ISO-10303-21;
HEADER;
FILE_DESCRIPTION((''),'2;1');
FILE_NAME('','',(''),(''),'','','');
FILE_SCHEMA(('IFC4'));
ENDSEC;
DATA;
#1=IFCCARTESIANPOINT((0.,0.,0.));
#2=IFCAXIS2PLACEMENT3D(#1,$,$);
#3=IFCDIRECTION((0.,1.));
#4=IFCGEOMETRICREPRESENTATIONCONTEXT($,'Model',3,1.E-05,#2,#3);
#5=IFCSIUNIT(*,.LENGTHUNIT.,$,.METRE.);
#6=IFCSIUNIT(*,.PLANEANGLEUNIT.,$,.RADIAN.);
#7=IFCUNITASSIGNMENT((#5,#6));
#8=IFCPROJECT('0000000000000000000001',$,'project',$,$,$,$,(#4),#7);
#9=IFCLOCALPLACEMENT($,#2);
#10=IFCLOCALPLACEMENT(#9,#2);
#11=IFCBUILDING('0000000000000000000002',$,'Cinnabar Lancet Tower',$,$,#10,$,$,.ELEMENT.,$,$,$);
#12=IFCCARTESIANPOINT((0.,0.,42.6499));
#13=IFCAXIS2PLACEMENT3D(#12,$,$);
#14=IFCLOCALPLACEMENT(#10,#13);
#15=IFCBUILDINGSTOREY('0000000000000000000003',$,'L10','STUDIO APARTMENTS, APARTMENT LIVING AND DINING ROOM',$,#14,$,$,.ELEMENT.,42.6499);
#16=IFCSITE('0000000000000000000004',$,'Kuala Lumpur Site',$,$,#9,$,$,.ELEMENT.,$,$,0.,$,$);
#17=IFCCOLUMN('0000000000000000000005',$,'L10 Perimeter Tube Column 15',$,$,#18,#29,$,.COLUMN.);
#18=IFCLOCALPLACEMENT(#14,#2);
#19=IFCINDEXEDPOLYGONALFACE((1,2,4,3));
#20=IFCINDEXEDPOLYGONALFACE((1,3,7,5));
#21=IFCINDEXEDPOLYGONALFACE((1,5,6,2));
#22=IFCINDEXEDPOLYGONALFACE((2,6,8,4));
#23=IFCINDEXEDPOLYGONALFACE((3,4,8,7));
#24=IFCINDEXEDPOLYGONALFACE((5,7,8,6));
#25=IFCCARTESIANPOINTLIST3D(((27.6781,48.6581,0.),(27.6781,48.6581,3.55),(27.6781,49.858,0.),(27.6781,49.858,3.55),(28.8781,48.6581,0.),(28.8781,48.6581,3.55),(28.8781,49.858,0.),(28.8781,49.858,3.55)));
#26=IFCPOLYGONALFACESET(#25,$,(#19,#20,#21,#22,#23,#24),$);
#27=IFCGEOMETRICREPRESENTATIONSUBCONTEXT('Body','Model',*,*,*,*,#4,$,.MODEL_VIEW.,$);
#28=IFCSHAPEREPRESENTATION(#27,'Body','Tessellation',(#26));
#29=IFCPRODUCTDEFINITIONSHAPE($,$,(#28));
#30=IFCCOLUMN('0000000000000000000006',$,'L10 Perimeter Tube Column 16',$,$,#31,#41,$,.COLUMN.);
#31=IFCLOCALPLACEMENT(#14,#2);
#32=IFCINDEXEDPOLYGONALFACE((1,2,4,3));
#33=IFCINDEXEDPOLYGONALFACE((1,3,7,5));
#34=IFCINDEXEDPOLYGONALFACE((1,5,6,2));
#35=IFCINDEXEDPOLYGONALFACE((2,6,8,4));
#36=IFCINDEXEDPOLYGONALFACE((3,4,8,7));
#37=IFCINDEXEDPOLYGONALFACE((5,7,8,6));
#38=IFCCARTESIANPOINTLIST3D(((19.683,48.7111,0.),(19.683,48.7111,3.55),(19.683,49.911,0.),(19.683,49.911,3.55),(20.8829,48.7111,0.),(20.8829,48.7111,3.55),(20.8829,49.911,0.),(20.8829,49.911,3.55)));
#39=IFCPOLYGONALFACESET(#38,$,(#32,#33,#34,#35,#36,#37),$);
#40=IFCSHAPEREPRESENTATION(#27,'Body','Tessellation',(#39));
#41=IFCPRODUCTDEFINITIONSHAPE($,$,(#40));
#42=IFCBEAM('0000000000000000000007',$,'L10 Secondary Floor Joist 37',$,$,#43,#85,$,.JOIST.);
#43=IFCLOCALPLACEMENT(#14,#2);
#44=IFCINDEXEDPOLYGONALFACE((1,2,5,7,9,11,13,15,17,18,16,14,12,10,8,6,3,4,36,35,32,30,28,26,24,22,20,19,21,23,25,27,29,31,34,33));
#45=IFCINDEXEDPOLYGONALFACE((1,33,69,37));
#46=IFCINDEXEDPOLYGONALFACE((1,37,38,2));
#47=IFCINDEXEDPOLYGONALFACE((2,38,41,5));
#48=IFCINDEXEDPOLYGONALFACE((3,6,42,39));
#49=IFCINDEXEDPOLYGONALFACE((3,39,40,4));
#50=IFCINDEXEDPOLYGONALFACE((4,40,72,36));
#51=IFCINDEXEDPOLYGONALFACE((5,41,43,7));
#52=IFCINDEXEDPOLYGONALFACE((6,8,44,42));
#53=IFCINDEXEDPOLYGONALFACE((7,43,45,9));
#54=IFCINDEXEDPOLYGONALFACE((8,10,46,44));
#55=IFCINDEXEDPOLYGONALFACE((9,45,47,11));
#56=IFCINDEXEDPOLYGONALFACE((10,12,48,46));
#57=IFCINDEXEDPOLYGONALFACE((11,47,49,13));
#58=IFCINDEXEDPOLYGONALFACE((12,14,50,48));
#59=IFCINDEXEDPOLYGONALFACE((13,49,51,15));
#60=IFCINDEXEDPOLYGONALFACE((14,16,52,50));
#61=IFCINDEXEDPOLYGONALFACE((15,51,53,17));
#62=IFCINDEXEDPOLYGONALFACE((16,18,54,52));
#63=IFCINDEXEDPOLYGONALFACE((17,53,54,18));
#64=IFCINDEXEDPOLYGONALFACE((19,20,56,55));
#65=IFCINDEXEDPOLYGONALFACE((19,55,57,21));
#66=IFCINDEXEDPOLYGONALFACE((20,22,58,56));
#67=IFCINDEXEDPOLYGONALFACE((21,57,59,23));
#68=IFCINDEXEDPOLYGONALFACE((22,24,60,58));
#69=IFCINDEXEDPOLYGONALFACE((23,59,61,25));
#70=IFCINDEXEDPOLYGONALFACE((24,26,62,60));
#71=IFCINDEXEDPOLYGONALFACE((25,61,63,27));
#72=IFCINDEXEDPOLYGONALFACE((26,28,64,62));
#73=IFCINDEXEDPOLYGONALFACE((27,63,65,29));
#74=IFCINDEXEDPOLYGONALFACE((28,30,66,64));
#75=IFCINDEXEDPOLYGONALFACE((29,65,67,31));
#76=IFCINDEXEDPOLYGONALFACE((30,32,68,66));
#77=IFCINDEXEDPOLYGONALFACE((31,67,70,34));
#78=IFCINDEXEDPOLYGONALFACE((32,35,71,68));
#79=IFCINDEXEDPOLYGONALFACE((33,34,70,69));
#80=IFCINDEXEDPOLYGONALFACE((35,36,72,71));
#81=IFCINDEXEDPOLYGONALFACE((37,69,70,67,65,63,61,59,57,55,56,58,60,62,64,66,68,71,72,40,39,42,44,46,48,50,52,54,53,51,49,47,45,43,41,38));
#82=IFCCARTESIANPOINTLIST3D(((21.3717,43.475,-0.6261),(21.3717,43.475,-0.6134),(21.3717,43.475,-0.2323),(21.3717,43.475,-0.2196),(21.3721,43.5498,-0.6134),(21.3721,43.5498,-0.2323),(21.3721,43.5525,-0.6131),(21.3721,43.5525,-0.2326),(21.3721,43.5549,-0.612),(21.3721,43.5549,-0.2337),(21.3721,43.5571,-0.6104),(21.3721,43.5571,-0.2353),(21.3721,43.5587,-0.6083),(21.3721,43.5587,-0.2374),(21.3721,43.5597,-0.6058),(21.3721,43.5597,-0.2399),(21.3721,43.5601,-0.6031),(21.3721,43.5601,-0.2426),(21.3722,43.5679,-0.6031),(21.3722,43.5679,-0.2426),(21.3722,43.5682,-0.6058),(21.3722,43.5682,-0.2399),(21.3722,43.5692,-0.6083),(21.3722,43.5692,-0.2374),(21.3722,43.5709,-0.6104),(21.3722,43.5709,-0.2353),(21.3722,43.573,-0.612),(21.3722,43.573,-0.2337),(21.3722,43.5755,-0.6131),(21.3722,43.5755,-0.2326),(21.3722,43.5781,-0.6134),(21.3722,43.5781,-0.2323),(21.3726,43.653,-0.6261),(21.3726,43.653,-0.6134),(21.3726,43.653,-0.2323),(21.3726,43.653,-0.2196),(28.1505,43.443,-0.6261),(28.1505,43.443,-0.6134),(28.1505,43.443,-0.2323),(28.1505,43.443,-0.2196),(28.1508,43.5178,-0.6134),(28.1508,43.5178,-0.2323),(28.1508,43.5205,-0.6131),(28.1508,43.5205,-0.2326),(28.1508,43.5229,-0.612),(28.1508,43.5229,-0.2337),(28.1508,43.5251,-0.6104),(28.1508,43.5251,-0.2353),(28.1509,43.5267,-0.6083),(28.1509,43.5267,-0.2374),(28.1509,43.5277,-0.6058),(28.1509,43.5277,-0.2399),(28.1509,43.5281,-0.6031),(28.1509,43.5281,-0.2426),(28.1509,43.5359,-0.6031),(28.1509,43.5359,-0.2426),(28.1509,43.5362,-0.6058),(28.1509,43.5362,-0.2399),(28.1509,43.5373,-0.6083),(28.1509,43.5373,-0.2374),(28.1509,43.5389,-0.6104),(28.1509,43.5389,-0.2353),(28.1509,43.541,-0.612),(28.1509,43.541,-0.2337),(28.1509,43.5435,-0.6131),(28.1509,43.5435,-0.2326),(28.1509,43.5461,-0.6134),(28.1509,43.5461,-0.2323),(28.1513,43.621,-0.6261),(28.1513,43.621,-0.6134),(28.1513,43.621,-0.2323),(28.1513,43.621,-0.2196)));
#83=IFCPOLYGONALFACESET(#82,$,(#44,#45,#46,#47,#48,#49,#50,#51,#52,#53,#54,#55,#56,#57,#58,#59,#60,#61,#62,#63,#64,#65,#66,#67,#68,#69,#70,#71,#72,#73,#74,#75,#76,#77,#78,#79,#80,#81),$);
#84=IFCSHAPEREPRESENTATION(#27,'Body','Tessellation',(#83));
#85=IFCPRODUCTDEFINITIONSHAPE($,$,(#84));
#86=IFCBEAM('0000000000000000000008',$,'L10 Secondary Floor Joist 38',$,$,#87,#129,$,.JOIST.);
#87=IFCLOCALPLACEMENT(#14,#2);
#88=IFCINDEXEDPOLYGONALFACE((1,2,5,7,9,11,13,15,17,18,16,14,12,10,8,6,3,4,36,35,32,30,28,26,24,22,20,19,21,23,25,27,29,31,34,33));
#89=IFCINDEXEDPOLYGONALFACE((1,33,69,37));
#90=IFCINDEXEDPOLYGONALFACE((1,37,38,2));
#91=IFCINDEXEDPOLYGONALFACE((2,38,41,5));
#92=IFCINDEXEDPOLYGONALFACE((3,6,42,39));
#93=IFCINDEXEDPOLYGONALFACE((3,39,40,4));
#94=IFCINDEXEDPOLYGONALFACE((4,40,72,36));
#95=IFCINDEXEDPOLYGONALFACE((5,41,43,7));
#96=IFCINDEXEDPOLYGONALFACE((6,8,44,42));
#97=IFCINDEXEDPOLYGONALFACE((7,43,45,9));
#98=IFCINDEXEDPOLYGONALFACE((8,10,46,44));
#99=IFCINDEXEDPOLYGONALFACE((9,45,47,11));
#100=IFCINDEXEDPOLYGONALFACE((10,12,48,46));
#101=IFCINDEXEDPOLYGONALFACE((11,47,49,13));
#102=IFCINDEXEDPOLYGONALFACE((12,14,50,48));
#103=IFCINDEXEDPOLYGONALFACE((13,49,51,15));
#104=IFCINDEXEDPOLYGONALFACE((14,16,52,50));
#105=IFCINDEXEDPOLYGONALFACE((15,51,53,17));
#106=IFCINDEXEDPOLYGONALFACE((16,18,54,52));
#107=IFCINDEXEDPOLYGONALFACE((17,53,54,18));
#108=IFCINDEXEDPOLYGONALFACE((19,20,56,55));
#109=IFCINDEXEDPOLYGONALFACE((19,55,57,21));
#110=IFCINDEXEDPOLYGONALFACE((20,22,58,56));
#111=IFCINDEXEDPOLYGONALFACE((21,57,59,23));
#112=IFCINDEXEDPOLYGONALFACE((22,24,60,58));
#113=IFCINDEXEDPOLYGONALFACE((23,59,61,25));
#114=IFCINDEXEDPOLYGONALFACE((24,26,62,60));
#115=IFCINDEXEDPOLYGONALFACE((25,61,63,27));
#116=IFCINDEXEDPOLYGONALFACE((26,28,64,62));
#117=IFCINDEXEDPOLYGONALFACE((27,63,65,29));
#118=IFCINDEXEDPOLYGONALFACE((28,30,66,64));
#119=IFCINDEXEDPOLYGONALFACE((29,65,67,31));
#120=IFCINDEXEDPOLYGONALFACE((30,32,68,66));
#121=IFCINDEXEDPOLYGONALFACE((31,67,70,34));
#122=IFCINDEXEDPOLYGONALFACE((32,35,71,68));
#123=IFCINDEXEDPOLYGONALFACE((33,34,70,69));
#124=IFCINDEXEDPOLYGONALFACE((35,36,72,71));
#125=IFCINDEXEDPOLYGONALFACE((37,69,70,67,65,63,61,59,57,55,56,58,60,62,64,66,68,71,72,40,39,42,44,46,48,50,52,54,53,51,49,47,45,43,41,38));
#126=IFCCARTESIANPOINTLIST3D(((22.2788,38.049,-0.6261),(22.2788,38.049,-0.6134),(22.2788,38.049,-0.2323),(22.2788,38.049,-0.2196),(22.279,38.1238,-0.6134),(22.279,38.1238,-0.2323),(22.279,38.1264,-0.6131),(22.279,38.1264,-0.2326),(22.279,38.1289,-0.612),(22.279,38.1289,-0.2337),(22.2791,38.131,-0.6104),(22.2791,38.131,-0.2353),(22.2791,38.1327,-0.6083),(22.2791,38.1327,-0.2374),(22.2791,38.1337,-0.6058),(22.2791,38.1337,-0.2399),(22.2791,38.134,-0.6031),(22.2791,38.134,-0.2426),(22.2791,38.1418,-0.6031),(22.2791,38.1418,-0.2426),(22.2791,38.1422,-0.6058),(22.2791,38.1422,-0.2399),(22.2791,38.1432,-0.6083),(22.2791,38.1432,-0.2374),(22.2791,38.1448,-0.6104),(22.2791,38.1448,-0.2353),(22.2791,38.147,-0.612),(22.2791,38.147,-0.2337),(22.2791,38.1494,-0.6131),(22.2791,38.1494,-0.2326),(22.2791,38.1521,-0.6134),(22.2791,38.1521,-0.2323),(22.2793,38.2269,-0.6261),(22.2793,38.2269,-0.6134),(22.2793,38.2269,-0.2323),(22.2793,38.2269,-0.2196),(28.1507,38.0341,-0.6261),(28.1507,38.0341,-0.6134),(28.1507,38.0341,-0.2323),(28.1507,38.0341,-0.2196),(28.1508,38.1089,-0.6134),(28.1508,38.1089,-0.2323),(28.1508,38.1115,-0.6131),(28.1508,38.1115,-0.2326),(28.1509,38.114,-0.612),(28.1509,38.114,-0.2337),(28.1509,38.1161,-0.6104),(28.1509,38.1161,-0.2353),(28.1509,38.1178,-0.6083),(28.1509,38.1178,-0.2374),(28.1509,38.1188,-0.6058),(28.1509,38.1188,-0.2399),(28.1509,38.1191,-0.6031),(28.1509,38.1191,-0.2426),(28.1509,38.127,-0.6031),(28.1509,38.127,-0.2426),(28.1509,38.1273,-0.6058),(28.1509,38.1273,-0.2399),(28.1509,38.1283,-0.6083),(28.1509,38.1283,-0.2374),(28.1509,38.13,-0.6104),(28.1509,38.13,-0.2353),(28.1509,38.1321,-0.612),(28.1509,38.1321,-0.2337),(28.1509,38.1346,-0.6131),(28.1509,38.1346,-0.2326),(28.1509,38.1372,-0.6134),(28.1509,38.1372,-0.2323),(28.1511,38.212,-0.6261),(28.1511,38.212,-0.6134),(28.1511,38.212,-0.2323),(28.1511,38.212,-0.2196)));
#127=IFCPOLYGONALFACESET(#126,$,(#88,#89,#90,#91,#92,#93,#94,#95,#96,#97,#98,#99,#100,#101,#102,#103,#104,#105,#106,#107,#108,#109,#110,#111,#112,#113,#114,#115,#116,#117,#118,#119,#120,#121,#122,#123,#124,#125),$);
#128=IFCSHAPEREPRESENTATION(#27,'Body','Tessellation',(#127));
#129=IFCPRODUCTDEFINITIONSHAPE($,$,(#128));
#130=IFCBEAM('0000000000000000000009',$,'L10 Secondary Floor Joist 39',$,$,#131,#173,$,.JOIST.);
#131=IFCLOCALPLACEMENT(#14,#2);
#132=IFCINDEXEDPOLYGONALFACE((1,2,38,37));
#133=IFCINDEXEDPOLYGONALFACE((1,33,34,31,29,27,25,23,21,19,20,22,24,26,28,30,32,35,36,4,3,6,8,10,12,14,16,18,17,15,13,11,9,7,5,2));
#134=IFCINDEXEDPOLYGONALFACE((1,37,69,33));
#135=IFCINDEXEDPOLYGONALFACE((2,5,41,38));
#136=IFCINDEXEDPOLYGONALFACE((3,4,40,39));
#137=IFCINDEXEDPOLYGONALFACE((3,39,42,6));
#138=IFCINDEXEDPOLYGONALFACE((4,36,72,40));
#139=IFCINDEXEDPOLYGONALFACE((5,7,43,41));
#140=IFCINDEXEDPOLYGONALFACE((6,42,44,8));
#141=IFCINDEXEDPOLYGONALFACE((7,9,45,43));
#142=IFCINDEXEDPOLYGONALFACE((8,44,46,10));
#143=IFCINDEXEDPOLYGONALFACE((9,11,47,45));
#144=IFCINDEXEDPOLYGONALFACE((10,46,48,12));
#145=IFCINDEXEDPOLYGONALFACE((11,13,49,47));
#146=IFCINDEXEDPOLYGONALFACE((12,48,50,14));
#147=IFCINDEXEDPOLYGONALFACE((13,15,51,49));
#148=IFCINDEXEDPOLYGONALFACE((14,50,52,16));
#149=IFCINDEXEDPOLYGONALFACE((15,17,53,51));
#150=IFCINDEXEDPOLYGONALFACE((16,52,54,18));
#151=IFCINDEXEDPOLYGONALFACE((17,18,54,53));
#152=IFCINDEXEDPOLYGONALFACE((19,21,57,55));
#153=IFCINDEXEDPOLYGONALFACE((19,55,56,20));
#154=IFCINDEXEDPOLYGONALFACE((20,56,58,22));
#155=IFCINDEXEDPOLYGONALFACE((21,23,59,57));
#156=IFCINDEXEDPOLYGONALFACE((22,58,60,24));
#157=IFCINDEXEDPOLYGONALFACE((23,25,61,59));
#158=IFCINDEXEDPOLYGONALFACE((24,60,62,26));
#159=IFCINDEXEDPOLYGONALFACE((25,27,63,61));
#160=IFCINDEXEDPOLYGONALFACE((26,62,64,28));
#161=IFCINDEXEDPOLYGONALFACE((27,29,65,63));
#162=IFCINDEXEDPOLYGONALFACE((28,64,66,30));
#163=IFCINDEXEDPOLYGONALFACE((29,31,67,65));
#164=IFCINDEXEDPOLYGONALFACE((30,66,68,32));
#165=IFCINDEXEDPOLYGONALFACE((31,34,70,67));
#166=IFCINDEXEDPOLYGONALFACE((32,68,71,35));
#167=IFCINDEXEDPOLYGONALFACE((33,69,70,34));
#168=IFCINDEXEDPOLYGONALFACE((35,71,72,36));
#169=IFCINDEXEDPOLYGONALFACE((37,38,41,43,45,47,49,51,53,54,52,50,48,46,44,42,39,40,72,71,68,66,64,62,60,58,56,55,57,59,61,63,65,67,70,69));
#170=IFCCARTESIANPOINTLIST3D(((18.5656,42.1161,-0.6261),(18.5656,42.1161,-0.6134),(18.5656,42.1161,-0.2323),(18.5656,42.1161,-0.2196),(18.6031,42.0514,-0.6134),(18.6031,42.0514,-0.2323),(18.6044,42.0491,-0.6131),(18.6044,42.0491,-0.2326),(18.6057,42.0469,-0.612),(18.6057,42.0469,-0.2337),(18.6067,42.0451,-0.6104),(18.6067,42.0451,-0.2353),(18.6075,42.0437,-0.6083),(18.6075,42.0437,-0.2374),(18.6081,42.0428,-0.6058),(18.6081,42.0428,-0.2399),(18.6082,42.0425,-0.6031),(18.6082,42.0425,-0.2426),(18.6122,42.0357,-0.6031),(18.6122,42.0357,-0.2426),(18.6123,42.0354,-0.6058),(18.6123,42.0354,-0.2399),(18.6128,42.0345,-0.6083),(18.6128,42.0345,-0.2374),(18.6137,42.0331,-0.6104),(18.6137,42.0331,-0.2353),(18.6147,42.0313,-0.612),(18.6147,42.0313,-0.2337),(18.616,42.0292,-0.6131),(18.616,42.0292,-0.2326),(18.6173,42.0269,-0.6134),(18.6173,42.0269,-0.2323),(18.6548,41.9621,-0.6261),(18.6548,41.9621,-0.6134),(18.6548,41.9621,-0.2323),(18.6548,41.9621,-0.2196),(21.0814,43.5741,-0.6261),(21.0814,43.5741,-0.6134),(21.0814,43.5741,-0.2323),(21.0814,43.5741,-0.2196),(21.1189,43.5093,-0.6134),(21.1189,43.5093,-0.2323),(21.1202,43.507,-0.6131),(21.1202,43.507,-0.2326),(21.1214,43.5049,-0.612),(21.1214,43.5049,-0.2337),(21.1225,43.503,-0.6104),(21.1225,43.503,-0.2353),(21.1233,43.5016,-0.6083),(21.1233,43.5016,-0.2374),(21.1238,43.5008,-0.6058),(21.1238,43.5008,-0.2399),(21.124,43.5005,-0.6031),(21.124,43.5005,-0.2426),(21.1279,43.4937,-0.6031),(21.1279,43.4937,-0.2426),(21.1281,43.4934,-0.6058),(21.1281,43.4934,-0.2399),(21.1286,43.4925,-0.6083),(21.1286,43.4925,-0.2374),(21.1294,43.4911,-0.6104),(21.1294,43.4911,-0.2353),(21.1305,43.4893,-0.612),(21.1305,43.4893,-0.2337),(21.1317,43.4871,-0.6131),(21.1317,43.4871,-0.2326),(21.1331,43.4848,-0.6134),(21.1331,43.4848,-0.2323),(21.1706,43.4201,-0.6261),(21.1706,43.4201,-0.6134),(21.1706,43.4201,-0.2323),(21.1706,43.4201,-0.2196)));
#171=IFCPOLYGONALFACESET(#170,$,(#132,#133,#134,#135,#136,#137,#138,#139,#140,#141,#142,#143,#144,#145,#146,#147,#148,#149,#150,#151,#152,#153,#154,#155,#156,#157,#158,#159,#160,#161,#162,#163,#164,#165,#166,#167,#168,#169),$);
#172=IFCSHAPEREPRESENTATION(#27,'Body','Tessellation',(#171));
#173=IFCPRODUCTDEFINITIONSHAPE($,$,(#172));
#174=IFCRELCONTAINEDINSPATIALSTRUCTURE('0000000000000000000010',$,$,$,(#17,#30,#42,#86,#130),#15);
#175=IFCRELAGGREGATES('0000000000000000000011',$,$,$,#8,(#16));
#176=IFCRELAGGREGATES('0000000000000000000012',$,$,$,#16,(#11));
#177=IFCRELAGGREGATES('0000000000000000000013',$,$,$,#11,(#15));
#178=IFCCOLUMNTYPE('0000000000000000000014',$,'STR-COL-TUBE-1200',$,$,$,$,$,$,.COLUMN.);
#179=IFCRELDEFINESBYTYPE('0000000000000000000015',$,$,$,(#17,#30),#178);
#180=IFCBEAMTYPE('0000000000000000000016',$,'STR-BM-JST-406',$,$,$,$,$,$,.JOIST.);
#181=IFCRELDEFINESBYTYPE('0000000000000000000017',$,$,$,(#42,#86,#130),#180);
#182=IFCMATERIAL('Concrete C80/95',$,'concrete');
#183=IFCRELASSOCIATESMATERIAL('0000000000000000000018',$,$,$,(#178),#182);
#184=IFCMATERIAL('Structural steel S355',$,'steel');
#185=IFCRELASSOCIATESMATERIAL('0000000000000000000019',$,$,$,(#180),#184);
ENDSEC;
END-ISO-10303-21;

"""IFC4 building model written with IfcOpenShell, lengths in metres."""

from ifc_helpers import new_model, si_unit, direction, frame, origin, origin_2d, place, context, subcontext, project, spatial, rectangle, i_section, extrude, material, material_profile, profile_set, type_object, element, save


model = new_model("IFC4")

# Units and contexts
model_context = context("Model", 3, precision=1e-05, world=origin(), true_north=direction((0.0, 1.0)))
body_context = subcontext(model_context, "Body", "Model", "MODEL_VIEW")
ifc_project = project(units=[si_unit("LENGTHUNIT", "METRE"), si_unit("PLANEANGLEUNIT", "RADIAN")], contexts=[model_context])

# Site, building, storey
site_placement = place(None, origin())
site = spatial("IfcSite", under=ifc_project, at=site_placement, Name="Kuala Lumpur Site", CompositionType="ELEMENT", RefElevation=0.0)
building_placement = place(site_placement, origin())
building = spatial("IfcBuilding", under=site, at=building_placement, Name="Cinnabar Lancet Tower", CompositionType="ELEMENT")
storey_placement = place(building_placement, frame((0.0, 0.0, 42.6499)))
storey = spatial("IfcBuildingStorey", under=building, at=storey_placement, Name="L10", Description="STUDIO APARTMENTS, APARTMENT LIVING AND DINING ROOM", CompositionType="ELEMENT", Elevation=42.6499)

# Columns
ifc_material_1 = material(Name="Concrete C80/95", Category="concrete")
ifc_material_profile_1 = material_profile(ifc_material_1, rectangle(XDim=1.2, YDim=1.2, at=origin_2d()), Name="RC-COL 1200x1200")
ifc_profile_set_1 = profile_set([ifc_material_profile_1], Name="Concrete C80/95")
column_type = type_object("IfcColumnType", Name="STR-COL-TUBE-1200", PredefinedType="COLUMN", material=ifc_profile_set_1)
for number, where, z_axis, x_axis, name in (
    (1, (28.2781, 49.2581, 0.0), (0.0, 0.0, 1.0), (1.0, 0.0, 0.0), "L10 Perimeter Tube Column 15"),
    (2, (20.283, 49.311, 0.0), (0.0, 0.0, 1.0), (1.0, 0.0, 0.0), "L10 Perimeter Tube Column 16"),
):
    element("IfcColumn", number, at=place(storey_placement, frame(where, z_axis=z_axis, x_axis=x_axis)), inside=storey, type_object=column_type, Name=name, PredefinedType="COLUMN", context=body_context, shape_type="SweptSolid", body=[
        extrude(rectangle(XDim=1.2, YDim=1.2, at=origin_2d()), origin(), (0.0, 0.0, 1.0), 3.55),
    ])

# Beams
ifc_material_2 = material(Name="Structural steel S355", Category="steel")
ifc_material_profile_2 = material_profile(ifc_material_2, i_section(OverallWidth=0.178, OverallDepth=0.4065, WebThickness=0.0078, FlangeThickness=0.0127, FilletRadius=0.0103, at=origin_2d()), Name="UKB 406x178x60")
ifc_profile_set_2 = profile_set([ifc_material_profile_2], Name="Structural steel S355")
beam_type_1 = type_object("IfcBeamType", Name="STR-BM-JST-406", PredefinedType="JOIST", material=ifc_profile_set_2)
beam_1_placement = place(storey_placement, frame((28.1509, 43.532, -0.4229), z_axis=(-0.999989, 0.004718, 0.0), x_axis=(-0.004718, -0.999989, 0.0)))
element("IfcBeam", 3, at=beam_1_placement, inside=storey, type_object=beam_type_1, Name="L10 Secondary Floor Joist 37", PredefinedType="JOIST", context=body_context, shape_type="SweptSolid", body=[
    extrude(i_section(OverallWidth=0.178, OverallDepth=0.4065, WebThickness=0.0078, FlangeThickness=0.0127, FilletRadius=0.0103, at=origin_2d()), origin(), (0.0, 0.0, 1.0), 6.7788),
])
beam_2_placement = place(storey_placement, frame((28.1509, 38.123, -0.4229), z_axis=(-0.999997, 0.002536, 0.0), x_axis=(-0.002536, -0.999997, 0.0)))
element("IfcBeam", 4, at=beam_2_placement, inside=storey, type_object=beam_type_1, Name="L10 Secondary Floor Joist 38", PredefinedType="JOIST", context=body_context, shape_type="SweptSolid", body=[
    extrude(i_section(OverallWidth=0.178, OverallDepth=0.4065, WebThickness=0.0078, FlangeThickness=0.0127, FilletRadius=0.0103, at=origin_2d()), origin(), (0.0, 0.0, 1.0), 5.8718),
])
beam_3_placement = place(storey_placement, frame((21.126, 43.4971, -0.4229), z_axis=(-0.86521, -0.50141, 0.0), x_axis=(0.50141, -0.86521, 0.0)))
element("IfcBeam", 5, at=beam_3_placement, inside=storey, type_object=beam_type_1, Name="L10 Secondary Floor Joist 39", PredefinedType="JOIST", context=body_context, shape_type="SweptSolid", body=[
    extrude(i_section(OverallWidth=0.178, OverallDepth=0.4065, WebThickness=0.0078, FlangeThickness=0.0127, FilletRadius=0.0103, at=origin_2d()), origin(), (0.0, 0.0, 1.0), 2.9077),
])

save(model, "model.ifc")
